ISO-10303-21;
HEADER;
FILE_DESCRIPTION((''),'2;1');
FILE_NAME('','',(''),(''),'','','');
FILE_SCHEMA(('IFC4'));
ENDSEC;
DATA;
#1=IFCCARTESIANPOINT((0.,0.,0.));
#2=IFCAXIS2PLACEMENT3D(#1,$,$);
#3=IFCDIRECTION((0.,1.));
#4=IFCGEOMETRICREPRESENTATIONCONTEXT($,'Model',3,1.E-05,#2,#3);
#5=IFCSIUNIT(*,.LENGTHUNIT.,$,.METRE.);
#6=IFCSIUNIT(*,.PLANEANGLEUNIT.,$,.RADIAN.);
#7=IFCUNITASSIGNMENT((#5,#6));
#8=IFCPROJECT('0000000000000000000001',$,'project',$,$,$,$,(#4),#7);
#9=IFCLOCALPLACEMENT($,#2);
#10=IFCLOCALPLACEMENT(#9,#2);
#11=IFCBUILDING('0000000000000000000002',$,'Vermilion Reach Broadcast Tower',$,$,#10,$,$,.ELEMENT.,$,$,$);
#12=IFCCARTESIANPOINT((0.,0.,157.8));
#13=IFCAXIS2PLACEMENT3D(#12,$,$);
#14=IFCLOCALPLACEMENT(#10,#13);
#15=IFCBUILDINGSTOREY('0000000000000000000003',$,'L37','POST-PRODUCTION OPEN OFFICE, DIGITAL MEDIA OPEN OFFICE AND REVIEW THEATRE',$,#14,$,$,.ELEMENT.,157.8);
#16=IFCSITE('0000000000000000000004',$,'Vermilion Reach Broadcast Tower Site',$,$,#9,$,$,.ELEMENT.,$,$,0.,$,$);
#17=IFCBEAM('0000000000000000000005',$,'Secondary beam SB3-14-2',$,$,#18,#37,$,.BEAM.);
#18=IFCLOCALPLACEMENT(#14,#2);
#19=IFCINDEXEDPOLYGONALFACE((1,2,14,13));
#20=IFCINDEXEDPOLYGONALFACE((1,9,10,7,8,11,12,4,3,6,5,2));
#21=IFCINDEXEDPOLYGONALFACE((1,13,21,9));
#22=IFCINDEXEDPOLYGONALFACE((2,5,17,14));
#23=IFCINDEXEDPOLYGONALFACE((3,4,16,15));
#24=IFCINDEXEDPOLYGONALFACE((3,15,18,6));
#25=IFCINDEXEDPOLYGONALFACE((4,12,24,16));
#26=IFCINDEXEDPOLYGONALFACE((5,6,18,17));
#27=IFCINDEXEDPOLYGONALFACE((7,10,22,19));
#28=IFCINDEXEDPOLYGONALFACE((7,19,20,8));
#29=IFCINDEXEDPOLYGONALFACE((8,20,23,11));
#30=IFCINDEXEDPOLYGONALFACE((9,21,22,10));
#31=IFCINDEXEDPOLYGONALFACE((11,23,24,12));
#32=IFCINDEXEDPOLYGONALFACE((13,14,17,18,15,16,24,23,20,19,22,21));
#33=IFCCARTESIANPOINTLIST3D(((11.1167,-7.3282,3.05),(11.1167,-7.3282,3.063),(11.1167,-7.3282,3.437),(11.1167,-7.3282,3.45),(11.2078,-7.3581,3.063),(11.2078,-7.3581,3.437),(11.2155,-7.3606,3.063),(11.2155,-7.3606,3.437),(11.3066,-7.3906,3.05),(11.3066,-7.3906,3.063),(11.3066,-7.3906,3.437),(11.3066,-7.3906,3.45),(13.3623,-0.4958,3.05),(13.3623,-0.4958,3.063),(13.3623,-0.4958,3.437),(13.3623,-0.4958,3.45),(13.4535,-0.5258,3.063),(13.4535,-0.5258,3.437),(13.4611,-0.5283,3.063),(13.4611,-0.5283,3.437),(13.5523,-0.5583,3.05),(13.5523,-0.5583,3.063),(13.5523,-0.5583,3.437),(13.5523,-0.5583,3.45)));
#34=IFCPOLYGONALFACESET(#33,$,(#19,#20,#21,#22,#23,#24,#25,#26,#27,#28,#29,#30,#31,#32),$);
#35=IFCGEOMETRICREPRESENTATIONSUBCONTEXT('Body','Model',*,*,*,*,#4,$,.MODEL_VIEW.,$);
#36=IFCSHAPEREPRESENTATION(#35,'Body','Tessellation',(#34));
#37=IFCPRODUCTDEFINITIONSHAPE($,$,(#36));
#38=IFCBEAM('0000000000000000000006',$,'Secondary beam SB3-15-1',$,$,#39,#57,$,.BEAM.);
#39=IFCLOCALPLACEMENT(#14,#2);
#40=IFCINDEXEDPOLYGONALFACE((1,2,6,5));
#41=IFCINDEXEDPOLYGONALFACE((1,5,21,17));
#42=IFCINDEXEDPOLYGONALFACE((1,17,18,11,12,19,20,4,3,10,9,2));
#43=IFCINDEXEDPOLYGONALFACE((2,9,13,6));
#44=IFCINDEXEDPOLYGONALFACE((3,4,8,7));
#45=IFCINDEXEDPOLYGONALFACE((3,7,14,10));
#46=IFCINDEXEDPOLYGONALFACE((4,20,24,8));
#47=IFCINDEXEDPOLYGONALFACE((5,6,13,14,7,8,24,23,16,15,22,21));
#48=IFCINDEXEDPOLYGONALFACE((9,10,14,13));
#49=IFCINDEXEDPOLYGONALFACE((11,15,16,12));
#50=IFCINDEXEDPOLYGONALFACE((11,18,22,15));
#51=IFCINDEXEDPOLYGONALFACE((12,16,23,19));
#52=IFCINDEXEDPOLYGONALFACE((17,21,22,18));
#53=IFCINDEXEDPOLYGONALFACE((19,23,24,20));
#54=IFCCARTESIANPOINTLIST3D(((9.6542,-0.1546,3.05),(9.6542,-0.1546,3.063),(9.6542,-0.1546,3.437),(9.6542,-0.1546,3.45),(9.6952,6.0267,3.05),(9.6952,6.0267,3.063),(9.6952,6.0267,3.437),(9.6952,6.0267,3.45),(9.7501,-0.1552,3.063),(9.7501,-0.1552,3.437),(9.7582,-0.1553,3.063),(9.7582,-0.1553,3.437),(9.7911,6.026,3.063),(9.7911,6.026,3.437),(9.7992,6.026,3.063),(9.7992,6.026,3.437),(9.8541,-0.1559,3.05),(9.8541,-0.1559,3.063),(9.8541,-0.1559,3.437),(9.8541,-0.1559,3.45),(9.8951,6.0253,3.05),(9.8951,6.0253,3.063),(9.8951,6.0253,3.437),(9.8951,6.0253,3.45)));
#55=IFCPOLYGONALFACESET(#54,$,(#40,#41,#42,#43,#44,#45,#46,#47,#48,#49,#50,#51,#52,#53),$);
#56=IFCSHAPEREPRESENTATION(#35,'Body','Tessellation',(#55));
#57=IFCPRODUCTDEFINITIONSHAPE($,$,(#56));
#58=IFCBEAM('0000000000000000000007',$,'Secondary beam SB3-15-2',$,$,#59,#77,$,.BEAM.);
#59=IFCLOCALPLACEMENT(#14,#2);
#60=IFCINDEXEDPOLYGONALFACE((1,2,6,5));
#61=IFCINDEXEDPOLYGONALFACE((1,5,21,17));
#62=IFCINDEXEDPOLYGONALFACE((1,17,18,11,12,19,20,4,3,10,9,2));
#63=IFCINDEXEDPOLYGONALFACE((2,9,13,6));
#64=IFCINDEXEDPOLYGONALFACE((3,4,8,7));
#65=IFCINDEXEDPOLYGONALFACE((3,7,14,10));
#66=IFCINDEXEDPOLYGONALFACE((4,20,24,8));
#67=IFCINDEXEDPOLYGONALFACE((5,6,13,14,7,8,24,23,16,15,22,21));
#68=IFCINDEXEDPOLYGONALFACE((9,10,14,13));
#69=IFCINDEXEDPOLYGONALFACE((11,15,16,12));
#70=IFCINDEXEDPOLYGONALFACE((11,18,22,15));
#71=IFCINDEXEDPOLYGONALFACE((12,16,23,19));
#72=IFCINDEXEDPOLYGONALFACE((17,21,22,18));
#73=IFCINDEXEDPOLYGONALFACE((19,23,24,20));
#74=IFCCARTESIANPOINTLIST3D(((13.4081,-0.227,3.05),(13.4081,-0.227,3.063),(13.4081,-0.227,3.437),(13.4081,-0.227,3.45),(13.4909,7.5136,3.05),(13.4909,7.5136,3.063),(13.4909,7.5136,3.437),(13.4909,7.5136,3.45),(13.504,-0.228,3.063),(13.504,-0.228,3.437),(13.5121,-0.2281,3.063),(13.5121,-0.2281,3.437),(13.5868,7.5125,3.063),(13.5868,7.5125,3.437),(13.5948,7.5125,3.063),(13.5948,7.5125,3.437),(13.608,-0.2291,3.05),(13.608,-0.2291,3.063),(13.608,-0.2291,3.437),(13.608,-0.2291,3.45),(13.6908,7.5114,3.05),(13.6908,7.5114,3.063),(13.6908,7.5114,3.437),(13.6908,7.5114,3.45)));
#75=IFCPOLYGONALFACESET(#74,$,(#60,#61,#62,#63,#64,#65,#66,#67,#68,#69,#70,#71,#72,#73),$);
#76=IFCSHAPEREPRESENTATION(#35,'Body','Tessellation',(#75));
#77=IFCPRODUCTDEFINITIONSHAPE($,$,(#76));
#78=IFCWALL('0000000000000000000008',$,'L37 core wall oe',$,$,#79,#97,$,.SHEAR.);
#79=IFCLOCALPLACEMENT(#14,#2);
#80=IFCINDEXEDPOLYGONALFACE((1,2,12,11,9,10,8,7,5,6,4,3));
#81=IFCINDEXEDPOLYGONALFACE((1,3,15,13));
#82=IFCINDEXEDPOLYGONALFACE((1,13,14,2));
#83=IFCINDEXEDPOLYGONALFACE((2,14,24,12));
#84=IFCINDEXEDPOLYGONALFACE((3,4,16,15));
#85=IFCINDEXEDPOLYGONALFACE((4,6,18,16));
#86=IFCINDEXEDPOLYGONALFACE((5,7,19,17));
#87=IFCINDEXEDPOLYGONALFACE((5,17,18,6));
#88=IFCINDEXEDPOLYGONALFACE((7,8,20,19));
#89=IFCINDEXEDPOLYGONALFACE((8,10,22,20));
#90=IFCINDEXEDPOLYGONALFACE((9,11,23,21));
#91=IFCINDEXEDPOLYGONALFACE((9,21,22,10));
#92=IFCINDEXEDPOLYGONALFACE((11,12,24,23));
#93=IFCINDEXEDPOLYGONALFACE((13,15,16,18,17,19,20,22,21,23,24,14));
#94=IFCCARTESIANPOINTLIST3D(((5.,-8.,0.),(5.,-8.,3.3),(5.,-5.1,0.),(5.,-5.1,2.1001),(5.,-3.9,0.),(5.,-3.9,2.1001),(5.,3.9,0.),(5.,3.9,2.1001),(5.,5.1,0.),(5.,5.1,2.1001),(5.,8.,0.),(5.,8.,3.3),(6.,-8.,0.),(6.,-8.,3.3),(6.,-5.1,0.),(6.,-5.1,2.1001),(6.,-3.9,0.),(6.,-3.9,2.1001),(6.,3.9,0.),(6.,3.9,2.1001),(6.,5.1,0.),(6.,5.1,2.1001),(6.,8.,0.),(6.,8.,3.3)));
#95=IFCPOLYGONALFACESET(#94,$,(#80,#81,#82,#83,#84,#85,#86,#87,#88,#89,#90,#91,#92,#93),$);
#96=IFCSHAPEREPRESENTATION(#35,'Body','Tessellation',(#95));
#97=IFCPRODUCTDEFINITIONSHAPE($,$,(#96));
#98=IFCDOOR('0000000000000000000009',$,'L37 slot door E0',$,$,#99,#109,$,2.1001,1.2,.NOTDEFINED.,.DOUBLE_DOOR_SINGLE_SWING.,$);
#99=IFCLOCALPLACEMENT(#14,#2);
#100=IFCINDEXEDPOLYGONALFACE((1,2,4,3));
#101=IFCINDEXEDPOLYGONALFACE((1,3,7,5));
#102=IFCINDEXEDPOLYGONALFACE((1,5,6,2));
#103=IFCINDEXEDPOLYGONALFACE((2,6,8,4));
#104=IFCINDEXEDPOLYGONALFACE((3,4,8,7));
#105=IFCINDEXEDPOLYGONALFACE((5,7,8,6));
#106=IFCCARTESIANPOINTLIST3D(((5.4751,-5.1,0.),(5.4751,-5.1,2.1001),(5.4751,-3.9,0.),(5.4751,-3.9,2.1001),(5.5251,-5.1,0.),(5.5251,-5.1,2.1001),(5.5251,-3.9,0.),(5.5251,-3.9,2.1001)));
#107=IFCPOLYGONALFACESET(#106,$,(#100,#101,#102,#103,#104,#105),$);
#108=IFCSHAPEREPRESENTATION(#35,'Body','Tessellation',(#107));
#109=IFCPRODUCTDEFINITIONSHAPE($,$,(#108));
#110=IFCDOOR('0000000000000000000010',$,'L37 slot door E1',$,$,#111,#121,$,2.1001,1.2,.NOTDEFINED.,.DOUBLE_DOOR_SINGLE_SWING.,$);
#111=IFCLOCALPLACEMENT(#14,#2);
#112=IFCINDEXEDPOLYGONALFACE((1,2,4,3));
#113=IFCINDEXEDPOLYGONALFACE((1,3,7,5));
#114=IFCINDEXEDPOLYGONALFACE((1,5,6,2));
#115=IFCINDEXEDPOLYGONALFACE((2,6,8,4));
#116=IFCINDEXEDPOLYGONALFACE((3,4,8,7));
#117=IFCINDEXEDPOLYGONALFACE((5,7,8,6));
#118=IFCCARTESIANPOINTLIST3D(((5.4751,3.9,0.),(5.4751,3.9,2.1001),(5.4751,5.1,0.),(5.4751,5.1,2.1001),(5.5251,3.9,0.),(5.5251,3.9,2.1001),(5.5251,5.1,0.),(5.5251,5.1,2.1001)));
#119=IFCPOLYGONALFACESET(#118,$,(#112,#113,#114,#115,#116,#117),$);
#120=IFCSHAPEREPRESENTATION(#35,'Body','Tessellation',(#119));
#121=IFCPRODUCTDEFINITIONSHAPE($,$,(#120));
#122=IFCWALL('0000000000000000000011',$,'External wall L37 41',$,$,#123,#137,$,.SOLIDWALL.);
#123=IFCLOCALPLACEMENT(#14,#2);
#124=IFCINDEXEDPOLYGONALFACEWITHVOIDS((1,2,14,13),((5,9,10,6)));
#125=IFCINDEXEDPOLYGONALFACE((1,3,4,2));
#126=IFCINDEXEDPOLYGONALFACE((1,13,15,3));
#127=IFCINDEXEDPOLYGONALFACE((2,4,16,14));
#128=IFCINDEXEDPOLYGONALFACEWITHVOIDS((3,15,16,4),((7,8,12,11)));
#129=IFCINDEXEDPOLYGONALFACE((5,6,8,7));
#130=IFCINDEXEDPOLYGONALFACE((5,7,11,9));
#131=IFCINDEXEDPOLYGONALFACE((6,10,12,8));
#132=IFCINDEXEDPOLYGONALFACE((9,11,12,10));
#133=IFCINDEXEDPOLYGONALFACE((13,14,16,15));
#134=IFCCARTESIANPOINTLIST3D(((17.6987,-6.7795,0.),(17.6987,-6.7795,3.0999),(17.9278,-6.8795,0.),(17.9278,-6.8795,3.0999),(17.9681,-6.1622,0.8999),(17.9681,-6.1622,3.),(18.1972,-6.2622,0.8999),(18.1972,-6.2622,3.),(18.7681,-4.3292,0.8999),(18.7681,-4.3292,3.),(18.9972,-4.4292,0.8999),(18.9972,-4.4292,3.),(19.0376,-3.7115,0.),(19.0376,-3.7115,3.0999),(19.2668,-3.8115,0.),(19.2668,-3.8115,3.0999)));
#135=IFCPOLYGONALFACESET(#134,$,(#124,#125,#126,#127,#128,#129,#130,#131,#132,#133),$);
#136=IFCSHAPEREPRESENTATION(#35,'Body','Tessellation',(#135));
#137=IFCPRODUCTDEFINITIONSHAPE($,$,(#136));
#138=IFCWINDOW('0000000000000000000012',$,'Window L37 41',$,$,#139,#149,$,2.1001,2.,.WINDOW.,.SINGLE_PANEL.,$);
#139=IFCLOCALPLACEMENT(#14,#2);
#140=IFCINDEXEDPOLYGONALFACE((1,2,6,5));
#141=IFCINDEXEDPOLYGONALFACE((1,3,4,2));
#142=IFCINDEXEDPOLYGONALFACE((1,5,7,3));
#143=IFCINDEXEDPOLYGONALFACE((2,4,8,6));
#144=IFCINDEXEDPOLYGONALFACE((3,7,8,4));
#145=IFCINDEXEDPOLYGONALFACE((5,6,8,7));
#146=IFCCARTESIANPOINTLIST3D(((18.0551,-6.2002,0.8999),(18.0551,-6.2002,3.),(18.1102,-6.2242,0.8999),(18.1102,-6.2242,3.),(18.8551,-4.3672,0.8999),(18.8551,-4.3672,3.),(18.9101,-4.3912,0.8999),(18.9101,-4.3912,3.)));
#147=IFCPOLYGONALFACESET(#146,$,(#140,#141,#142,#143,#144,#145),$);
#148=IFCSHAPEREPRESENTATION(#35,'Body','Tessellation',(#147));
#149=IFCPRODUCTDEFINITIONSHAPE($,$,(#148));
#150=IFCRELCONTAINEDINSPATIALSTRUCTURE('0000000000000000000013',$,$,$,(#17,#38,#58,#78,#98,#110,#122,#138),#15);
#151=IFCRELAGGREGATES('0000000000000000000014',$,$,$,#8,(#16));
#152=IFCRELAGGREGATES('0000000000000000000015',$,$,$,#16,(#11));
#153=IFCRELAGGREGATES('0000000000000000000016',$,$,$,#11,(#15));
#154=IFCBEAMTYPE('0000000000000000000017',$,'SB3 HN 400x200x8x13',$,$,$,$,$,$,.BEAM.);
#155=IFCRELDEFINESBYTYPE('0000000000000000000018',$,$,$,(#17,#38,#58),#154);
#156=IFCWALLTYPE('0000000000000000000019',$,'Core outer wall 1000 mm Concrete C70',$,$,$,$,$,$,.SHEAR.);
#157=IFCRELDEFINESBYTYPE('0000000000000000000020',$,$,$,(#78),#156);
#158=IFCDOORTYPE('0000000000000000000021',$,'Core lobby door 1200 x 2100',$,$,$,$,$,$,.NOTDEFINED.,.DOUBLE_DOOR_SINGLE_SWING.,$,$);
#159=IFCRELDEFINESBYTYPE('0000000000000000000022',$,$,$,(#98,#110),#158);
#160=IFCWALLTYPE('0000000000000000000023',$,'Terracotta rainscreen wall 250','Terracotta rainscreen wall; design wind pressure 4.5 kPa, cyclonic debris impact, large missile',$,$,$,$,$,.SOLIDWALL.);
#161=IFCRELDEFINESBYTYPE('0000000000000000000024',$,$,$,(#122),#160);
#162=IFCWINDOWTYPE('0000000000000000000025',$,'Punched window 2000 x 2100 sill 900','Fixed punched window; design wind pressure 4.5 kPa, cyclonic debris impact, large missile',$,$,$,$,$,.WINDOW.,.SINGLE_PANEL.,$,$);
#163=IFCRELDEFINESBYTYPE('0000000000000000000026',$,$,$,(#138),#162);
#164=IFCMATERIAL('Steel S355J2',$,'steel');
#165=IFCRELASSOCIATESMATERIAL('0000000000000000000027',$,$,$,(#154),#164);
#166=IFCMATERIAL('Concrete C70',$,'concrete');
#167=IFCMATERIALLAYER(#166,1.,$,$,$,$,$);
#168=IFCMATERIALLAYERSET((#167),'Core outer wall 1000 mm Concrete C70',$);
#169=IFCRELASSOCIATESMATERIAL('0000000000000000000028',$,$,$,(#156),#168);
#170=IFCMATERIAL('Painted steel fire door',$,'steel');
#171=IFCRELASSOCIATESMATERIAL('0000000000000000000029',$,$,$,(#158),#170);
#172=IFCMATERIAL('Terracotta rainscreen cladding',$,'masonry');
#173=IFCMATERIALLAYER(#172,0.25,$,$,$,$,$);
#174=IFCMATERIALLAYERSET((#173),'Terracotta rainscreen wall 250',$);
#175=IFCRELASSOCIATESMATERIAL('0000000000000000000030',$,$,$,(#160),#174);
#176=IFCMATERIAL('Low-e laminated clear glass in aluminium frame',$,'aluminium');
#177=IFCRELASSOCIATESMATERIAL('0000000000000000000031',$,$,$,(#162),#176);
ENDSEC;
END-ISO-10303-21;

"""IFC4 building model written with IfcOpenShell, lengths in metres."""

from ifc_helpers import new_model, si_unit, direction, frame, frame_2d, origin, origin_2d, place, context, subcontext, project, spatial, rectangle, i_section, extrude, material, layer, layer_set, material_profile, profile_set, type_object, element, fill, save


model = new_model("IFC4")

# Units and contexts
model_context = context("Model", 3, precision=1e-05, world=origin(), true_north=direction((0.0, 1.0)))
body_context = subcontext(model_context, "Body", "Model", "MODEL_VIEW")
ifc_project = project(units=[si_unit("LENGTHUNIT", "METRE"), si_unit("PLANEANGLEUNIT", "RADIAN")], contexts=[model_context])

# Site, building, storey
site_placement = place(None, origin())
site = spatial("IfcSite", under=ifc_project, at=site_placement, Name="Vermilion Reach Broadcast Tower Site", CompositionType="ELEMENT", RefElevation=0.0)
building_placement = place(site_placement, origin())
building = spatial("IfcBuilding", under=site, at=building_placement, Name="Vermilion Reach Broadcast Tower", CompositionType="ELEMENT")
storey_placement = place(building_placement, frame((0.0, 0.0, 157.8)))
storey = spatial("IfcBuildingStorey", under=building, at=storey_placement, Name="L37", Description="POST-PRODUCTION OPEN OFFICE, DIGITAL MEDIA OPEN OFFICE AND REVIEW THEATRE", CompositionType="ELEMENT", Elevation=157.8)

# Beams
ifc_material_1 = material(Name="Steel S355J2", Category="steel")
ifc_material_profile_1 = material_profile(ifc_material_1, i_section(OverallWidth=0.2, OverallDepth=0.3999, WebThickness=0.0081, FlangeThickness=0.0129, at=origin_2d()), Name="S355J2 HN 400x200x8x13")
ifc_profile_set_1 = profile_set([ifc_material_profile_1], Name="Steel S355J2")
beam_type_1 = type_object("IfcBeamType", Name="SB3 HN 400x200x8x13", PredefinedType="BEAM", material=ifc_profile_set_1)
beam_1_placement = place(storey_placement, frame((11.2117, -7.3594, 3.25), z_axis=(0.312243, 0.950002, 0.0), x_axis=(-0.950002, 0.312243, 0.0)))
element("IfcBeam", 1, at=beam_1_placement, inside=storey, type_object=beam_type_1, Name="Secondary beam SB3-14-2", PredefinedType="BEAM", context=body_context, shape_type="SweptSolid", body=[
    extrude(i_section(OverallWidth=0.2, OverallDepth=0.3999, WebThickness=0.0081, FlangeThickness=0.0129, at=origin_2d()), origin(), (0.0, 0.0, 1.0), 7.1919),
])
beam_2_placement = place(storey_placement, frame((9.7542, -0.1553, 3.25), z_axis=(0.006635, 0.999978, 0.0), x_axis=(-0.999978, 0.006635, 0.0)))
element("IfcBeam", 2, at=beam_2_placement, inside=storey, type_object=beam_type_1, Name="Secondary beam SB3-15-1", PredefinedType="BEAM", context=body_context, shape_type="SweptSolid", body=[
    extrude(i_section(OverallWidth=0.2, OverallDepth=0.3999, WebThickness=0.0081, FlangeThickness=0.0129, at=origin_2d()), origin(), (0.0, 0.0, 1.0), 6.1814),
])
beam_3_placement = place(storey_placement, frame((13.5081, -0.228, 3.25), z_axis=(0.010692, 0.999943, 0.0), x_axis=(-0.999943, 0.010692, 0.0)))
element("IfcBeam", 3, at=beam_3_placement, inside=storey, type_object=beam_type_1, Name="Secondary beam SB3-15-2", PredefinedType="BEAM", context=body_context, shape_type="SweptSolid", body=[
    extrude(i_section(OverallWidth=0.2, OverallDepth=0.3999, WebThickness=0.0081, FlangeThickness=0.0129, at=origin_2d()), origin(), (0.0, 0.0, 1.0), 7.741),
])

# Wall, openings, doors
ifc_material_2 = material(Name="Concrete C70", Category="concrete")
ifc_layer_1 = layer(ifc_material_2, 1.0)
ifc_layer_set_1 = layer_set([ifc_layer_1], Name="Core outer wall 1000 mm Concrete C70")
wall_type_1 = type_object("IfcWallType", Name="Core outer wall 1000 mm Concrete C70", PredefinedType="SHEAR", material=ifc_layer_set_1)
wall_1_placement = place(storey_placement, frame((5.5, -8.0, 0.0), z_axis=(0.0, 0.0, 1.0), x_axis=(0.0, 1.0, 0.0)))
wall_1 = element("IfcWall", 4, at=wall_1_placement, inside=storey, type_object=wall_type_1, Name="L37 core wall oe", PredefinedType="SHEAR", context=body_context, shape_type="SweptSolid", body=[
    extrude(rectangle(XDim=16.0, YDim=1.0, at=frame_2d((8.0, 0.0))), origin(), (0.0, 0.0, 1.0), 3.3),
])
opening_1_placement = place(wall_1_placement, frame((2.8999, 0.0, 0.0)))
opening_1 = element("IfcOpeningElement", 5, at=opening_1_placement, cuts=wall_1, PredefinedType="OPENING", context=body_context, shape_type="SweptSolid", body=[
    extrude(rectangle(XDim=1.2, YDim=2.1001, at=frame_2d((0.6001, 1.05))), frame((0.0, 0.51, 0.0), z_axis=(0.0, -1.0, 0.0), x_axis=(1.0, 0.0, 0.0)), (0.0, 0.0, 1.0), 1.02),
])
opening_2_placement = place(wall_1_placement, frame((11.8999, 0.0, 0.0)))
opening_2 = element("IfcOpeningElement", 6, at=opening_2_placement, cuts=wall_1, PredefinedType="OPENING", context=body_context, shape_type="SweptSolid", body=[
    extrude(rectangle(XDim=1.2, YDim=2.1001, at=frame_2d((0.6001, 1.05))), frame((0.0, 0.51, 0.0), z_axis=(0.0, -1.0, 0.0), x_axis=(1.0, 0.0, 0.0)), (0.0, 0.0, 1.0), 1.02),
])
ifc_material_3 = material(Name="Painted steel fire door", Category="steel")
door_type_1 = type_object("IfcDoorType", Name="Core lobby door 1200 x 2100", OperationType="DOUBLE_DOOR_SINGLE_SWING", PredefinedType="NOTDEFINED", material=ifc_material_3)
door_1_placement = place(opening_1_placement, origin())
door_1 = element("IfcDoor", 7, at=door_1_placement, inside=storey, type_object=door_type_1, Name="L37 slot door E0", OperationType="DOUBLE_DOOR_SINGLE_SWING", OverallHeight=2.1001, OverallWidth=1.2, PredefinedType="NOTDEFINED", context=body_context, shape_type="SweptSolid", body=[
    extrude(rectangle(XDim=1.2, YDim=2.1001, at=frame_2d((0.6001, 1.05))), frame((0.0, 0.0249, 0.0), z_axis=(0.0, -1.0, 0.0), x_axis=(1.0, 0.0, 0.0)), (0.0, 0.0, 1.0), 0.05),
])
fill(opening_1, door_1)
door_2_placement = place(opening_2_placement, origin())
door_2 = element("IfcDoor", 8, at=door_2_placement, inside=storey, type_object=door_type_1, Name="L37 slot door E1", OperationType="DOUBLE_DOOR_SINGLE_SWING", OverallHeight=2.1001, OverallWidth=1.2, PredefinedType="NOTDEFINED", context=body_context, shape_type="SweptSolid", body=[
    extrude(rectangle(XDim=1.2, YDim=2.1001, at=frame_2d((0.6001, 1.05))), frame((0.0, 0.0249, 0.0), z_axis=(0.0, -1.0, 0.0), x_axis=(1.0, 0.0, 0.0)), (0.0, 0.0, 1.0), 0.05),
])
fill(opening_2, door_2)

# Shared definitions
ifc_material_4 = material(Name="Terracotta rainscreen cladding", Category="masonry")
ifc_layer_2 = layer(ifc_material_4, 0.25)
ifc_layer_set_2 = layer_set([ifc_layer_2], Name="Terracotta rainscreen wall 250")
wall_type_2 = type_object("IfcWallType", Name="Terracotta rainscreen wall 250", Description="Terracotta rainscreen wall; design wind pressure 4.5 kPa, cyclonic debris impact, large missile", PredefinedType="SOLIDWALL", material=ifc_layer_set_2)

# Wall, opening, window
wall_2_placement = place(storey_placement, frame((17.8132, -6.8296, 0.0), z_axis=(0.0, 0.0, 1.0), x_axis=(0.399985, 0.916522, 0.0)))
wall_2 = element("IfcWall", 9, at=wall_2_placement, inside=storey, type_object=wall_type_2, Name="External wall L37 41", PredefinedType="SOLIDWALL", context=body_context, shape_type="SweptSolid", body=[
    extrude(rectangle(XDim=3.3474, YDim=0.25, at=frame_2d((1.6738, 0.0))), origin(), (0.0, 0.0, 1.0), 3.0999),
])
opening_3_placement = place(wall_2_placement, frame((0.6736, 0.0, 0.8999)))
opening_3 = element("IfcOpeningElement", 10, at=opening_3_placement, cuts=wall_2, PredefinedType="OPENING", context=body_context, shape_type="SweptSolid", body=[
    extrude(rectangle(XDim=2.0, YDim=2.1001, at=frame_2d((1.0, 1.05))), frame((0.0, 0.135, 0.0), z_axis=(0.0, -1.0, 0.0), x_axis=(1.0, 0.0, 0.0)), (0.0, 0.0, 1.0), 0.27),
])
ifc_material_5 = material(Name="Low-e laminated clear glass in aluminium frame", Category="aluminium")
window_type = type_object("IfcWindowType", Name="Punched window 2000 x 2100 sill 900", Description="Fixed punched window; design wind pressure 4.5 kPa, cyclonic debris impact, large missile", PartitioningType="SINGLE_PANEL", PredefinedType="WINDOW", material=ifc_material_5)
window_1_placement = place(opening_3_placement, origin())
window_1 = element("IfcWindow", 11, at=window_1_placement, inside=storey, type_object=window_type, Name="Window L37 41", OverallHeight=2.1001, OverallWidth=2.0, PartitioningType="SINGLE_PANEL", PredefinedType="WINDOW", context=body_context, shape_type="SweptSolid", body=[
    extrude(rectangle(XDim=2.0, YDim=2.1001, at=frame_2d((1.0, 1.05))), frame((0.0, 0.03, 0.0), z_axis=(0.0, -1.0, 0.0), x_axis=(1.0, 0.0, 0.0)), (0.0, 0.0, 1.0), 0.0601),
])
fill(opening_3, window_1)

save(model, "model.ifc")
